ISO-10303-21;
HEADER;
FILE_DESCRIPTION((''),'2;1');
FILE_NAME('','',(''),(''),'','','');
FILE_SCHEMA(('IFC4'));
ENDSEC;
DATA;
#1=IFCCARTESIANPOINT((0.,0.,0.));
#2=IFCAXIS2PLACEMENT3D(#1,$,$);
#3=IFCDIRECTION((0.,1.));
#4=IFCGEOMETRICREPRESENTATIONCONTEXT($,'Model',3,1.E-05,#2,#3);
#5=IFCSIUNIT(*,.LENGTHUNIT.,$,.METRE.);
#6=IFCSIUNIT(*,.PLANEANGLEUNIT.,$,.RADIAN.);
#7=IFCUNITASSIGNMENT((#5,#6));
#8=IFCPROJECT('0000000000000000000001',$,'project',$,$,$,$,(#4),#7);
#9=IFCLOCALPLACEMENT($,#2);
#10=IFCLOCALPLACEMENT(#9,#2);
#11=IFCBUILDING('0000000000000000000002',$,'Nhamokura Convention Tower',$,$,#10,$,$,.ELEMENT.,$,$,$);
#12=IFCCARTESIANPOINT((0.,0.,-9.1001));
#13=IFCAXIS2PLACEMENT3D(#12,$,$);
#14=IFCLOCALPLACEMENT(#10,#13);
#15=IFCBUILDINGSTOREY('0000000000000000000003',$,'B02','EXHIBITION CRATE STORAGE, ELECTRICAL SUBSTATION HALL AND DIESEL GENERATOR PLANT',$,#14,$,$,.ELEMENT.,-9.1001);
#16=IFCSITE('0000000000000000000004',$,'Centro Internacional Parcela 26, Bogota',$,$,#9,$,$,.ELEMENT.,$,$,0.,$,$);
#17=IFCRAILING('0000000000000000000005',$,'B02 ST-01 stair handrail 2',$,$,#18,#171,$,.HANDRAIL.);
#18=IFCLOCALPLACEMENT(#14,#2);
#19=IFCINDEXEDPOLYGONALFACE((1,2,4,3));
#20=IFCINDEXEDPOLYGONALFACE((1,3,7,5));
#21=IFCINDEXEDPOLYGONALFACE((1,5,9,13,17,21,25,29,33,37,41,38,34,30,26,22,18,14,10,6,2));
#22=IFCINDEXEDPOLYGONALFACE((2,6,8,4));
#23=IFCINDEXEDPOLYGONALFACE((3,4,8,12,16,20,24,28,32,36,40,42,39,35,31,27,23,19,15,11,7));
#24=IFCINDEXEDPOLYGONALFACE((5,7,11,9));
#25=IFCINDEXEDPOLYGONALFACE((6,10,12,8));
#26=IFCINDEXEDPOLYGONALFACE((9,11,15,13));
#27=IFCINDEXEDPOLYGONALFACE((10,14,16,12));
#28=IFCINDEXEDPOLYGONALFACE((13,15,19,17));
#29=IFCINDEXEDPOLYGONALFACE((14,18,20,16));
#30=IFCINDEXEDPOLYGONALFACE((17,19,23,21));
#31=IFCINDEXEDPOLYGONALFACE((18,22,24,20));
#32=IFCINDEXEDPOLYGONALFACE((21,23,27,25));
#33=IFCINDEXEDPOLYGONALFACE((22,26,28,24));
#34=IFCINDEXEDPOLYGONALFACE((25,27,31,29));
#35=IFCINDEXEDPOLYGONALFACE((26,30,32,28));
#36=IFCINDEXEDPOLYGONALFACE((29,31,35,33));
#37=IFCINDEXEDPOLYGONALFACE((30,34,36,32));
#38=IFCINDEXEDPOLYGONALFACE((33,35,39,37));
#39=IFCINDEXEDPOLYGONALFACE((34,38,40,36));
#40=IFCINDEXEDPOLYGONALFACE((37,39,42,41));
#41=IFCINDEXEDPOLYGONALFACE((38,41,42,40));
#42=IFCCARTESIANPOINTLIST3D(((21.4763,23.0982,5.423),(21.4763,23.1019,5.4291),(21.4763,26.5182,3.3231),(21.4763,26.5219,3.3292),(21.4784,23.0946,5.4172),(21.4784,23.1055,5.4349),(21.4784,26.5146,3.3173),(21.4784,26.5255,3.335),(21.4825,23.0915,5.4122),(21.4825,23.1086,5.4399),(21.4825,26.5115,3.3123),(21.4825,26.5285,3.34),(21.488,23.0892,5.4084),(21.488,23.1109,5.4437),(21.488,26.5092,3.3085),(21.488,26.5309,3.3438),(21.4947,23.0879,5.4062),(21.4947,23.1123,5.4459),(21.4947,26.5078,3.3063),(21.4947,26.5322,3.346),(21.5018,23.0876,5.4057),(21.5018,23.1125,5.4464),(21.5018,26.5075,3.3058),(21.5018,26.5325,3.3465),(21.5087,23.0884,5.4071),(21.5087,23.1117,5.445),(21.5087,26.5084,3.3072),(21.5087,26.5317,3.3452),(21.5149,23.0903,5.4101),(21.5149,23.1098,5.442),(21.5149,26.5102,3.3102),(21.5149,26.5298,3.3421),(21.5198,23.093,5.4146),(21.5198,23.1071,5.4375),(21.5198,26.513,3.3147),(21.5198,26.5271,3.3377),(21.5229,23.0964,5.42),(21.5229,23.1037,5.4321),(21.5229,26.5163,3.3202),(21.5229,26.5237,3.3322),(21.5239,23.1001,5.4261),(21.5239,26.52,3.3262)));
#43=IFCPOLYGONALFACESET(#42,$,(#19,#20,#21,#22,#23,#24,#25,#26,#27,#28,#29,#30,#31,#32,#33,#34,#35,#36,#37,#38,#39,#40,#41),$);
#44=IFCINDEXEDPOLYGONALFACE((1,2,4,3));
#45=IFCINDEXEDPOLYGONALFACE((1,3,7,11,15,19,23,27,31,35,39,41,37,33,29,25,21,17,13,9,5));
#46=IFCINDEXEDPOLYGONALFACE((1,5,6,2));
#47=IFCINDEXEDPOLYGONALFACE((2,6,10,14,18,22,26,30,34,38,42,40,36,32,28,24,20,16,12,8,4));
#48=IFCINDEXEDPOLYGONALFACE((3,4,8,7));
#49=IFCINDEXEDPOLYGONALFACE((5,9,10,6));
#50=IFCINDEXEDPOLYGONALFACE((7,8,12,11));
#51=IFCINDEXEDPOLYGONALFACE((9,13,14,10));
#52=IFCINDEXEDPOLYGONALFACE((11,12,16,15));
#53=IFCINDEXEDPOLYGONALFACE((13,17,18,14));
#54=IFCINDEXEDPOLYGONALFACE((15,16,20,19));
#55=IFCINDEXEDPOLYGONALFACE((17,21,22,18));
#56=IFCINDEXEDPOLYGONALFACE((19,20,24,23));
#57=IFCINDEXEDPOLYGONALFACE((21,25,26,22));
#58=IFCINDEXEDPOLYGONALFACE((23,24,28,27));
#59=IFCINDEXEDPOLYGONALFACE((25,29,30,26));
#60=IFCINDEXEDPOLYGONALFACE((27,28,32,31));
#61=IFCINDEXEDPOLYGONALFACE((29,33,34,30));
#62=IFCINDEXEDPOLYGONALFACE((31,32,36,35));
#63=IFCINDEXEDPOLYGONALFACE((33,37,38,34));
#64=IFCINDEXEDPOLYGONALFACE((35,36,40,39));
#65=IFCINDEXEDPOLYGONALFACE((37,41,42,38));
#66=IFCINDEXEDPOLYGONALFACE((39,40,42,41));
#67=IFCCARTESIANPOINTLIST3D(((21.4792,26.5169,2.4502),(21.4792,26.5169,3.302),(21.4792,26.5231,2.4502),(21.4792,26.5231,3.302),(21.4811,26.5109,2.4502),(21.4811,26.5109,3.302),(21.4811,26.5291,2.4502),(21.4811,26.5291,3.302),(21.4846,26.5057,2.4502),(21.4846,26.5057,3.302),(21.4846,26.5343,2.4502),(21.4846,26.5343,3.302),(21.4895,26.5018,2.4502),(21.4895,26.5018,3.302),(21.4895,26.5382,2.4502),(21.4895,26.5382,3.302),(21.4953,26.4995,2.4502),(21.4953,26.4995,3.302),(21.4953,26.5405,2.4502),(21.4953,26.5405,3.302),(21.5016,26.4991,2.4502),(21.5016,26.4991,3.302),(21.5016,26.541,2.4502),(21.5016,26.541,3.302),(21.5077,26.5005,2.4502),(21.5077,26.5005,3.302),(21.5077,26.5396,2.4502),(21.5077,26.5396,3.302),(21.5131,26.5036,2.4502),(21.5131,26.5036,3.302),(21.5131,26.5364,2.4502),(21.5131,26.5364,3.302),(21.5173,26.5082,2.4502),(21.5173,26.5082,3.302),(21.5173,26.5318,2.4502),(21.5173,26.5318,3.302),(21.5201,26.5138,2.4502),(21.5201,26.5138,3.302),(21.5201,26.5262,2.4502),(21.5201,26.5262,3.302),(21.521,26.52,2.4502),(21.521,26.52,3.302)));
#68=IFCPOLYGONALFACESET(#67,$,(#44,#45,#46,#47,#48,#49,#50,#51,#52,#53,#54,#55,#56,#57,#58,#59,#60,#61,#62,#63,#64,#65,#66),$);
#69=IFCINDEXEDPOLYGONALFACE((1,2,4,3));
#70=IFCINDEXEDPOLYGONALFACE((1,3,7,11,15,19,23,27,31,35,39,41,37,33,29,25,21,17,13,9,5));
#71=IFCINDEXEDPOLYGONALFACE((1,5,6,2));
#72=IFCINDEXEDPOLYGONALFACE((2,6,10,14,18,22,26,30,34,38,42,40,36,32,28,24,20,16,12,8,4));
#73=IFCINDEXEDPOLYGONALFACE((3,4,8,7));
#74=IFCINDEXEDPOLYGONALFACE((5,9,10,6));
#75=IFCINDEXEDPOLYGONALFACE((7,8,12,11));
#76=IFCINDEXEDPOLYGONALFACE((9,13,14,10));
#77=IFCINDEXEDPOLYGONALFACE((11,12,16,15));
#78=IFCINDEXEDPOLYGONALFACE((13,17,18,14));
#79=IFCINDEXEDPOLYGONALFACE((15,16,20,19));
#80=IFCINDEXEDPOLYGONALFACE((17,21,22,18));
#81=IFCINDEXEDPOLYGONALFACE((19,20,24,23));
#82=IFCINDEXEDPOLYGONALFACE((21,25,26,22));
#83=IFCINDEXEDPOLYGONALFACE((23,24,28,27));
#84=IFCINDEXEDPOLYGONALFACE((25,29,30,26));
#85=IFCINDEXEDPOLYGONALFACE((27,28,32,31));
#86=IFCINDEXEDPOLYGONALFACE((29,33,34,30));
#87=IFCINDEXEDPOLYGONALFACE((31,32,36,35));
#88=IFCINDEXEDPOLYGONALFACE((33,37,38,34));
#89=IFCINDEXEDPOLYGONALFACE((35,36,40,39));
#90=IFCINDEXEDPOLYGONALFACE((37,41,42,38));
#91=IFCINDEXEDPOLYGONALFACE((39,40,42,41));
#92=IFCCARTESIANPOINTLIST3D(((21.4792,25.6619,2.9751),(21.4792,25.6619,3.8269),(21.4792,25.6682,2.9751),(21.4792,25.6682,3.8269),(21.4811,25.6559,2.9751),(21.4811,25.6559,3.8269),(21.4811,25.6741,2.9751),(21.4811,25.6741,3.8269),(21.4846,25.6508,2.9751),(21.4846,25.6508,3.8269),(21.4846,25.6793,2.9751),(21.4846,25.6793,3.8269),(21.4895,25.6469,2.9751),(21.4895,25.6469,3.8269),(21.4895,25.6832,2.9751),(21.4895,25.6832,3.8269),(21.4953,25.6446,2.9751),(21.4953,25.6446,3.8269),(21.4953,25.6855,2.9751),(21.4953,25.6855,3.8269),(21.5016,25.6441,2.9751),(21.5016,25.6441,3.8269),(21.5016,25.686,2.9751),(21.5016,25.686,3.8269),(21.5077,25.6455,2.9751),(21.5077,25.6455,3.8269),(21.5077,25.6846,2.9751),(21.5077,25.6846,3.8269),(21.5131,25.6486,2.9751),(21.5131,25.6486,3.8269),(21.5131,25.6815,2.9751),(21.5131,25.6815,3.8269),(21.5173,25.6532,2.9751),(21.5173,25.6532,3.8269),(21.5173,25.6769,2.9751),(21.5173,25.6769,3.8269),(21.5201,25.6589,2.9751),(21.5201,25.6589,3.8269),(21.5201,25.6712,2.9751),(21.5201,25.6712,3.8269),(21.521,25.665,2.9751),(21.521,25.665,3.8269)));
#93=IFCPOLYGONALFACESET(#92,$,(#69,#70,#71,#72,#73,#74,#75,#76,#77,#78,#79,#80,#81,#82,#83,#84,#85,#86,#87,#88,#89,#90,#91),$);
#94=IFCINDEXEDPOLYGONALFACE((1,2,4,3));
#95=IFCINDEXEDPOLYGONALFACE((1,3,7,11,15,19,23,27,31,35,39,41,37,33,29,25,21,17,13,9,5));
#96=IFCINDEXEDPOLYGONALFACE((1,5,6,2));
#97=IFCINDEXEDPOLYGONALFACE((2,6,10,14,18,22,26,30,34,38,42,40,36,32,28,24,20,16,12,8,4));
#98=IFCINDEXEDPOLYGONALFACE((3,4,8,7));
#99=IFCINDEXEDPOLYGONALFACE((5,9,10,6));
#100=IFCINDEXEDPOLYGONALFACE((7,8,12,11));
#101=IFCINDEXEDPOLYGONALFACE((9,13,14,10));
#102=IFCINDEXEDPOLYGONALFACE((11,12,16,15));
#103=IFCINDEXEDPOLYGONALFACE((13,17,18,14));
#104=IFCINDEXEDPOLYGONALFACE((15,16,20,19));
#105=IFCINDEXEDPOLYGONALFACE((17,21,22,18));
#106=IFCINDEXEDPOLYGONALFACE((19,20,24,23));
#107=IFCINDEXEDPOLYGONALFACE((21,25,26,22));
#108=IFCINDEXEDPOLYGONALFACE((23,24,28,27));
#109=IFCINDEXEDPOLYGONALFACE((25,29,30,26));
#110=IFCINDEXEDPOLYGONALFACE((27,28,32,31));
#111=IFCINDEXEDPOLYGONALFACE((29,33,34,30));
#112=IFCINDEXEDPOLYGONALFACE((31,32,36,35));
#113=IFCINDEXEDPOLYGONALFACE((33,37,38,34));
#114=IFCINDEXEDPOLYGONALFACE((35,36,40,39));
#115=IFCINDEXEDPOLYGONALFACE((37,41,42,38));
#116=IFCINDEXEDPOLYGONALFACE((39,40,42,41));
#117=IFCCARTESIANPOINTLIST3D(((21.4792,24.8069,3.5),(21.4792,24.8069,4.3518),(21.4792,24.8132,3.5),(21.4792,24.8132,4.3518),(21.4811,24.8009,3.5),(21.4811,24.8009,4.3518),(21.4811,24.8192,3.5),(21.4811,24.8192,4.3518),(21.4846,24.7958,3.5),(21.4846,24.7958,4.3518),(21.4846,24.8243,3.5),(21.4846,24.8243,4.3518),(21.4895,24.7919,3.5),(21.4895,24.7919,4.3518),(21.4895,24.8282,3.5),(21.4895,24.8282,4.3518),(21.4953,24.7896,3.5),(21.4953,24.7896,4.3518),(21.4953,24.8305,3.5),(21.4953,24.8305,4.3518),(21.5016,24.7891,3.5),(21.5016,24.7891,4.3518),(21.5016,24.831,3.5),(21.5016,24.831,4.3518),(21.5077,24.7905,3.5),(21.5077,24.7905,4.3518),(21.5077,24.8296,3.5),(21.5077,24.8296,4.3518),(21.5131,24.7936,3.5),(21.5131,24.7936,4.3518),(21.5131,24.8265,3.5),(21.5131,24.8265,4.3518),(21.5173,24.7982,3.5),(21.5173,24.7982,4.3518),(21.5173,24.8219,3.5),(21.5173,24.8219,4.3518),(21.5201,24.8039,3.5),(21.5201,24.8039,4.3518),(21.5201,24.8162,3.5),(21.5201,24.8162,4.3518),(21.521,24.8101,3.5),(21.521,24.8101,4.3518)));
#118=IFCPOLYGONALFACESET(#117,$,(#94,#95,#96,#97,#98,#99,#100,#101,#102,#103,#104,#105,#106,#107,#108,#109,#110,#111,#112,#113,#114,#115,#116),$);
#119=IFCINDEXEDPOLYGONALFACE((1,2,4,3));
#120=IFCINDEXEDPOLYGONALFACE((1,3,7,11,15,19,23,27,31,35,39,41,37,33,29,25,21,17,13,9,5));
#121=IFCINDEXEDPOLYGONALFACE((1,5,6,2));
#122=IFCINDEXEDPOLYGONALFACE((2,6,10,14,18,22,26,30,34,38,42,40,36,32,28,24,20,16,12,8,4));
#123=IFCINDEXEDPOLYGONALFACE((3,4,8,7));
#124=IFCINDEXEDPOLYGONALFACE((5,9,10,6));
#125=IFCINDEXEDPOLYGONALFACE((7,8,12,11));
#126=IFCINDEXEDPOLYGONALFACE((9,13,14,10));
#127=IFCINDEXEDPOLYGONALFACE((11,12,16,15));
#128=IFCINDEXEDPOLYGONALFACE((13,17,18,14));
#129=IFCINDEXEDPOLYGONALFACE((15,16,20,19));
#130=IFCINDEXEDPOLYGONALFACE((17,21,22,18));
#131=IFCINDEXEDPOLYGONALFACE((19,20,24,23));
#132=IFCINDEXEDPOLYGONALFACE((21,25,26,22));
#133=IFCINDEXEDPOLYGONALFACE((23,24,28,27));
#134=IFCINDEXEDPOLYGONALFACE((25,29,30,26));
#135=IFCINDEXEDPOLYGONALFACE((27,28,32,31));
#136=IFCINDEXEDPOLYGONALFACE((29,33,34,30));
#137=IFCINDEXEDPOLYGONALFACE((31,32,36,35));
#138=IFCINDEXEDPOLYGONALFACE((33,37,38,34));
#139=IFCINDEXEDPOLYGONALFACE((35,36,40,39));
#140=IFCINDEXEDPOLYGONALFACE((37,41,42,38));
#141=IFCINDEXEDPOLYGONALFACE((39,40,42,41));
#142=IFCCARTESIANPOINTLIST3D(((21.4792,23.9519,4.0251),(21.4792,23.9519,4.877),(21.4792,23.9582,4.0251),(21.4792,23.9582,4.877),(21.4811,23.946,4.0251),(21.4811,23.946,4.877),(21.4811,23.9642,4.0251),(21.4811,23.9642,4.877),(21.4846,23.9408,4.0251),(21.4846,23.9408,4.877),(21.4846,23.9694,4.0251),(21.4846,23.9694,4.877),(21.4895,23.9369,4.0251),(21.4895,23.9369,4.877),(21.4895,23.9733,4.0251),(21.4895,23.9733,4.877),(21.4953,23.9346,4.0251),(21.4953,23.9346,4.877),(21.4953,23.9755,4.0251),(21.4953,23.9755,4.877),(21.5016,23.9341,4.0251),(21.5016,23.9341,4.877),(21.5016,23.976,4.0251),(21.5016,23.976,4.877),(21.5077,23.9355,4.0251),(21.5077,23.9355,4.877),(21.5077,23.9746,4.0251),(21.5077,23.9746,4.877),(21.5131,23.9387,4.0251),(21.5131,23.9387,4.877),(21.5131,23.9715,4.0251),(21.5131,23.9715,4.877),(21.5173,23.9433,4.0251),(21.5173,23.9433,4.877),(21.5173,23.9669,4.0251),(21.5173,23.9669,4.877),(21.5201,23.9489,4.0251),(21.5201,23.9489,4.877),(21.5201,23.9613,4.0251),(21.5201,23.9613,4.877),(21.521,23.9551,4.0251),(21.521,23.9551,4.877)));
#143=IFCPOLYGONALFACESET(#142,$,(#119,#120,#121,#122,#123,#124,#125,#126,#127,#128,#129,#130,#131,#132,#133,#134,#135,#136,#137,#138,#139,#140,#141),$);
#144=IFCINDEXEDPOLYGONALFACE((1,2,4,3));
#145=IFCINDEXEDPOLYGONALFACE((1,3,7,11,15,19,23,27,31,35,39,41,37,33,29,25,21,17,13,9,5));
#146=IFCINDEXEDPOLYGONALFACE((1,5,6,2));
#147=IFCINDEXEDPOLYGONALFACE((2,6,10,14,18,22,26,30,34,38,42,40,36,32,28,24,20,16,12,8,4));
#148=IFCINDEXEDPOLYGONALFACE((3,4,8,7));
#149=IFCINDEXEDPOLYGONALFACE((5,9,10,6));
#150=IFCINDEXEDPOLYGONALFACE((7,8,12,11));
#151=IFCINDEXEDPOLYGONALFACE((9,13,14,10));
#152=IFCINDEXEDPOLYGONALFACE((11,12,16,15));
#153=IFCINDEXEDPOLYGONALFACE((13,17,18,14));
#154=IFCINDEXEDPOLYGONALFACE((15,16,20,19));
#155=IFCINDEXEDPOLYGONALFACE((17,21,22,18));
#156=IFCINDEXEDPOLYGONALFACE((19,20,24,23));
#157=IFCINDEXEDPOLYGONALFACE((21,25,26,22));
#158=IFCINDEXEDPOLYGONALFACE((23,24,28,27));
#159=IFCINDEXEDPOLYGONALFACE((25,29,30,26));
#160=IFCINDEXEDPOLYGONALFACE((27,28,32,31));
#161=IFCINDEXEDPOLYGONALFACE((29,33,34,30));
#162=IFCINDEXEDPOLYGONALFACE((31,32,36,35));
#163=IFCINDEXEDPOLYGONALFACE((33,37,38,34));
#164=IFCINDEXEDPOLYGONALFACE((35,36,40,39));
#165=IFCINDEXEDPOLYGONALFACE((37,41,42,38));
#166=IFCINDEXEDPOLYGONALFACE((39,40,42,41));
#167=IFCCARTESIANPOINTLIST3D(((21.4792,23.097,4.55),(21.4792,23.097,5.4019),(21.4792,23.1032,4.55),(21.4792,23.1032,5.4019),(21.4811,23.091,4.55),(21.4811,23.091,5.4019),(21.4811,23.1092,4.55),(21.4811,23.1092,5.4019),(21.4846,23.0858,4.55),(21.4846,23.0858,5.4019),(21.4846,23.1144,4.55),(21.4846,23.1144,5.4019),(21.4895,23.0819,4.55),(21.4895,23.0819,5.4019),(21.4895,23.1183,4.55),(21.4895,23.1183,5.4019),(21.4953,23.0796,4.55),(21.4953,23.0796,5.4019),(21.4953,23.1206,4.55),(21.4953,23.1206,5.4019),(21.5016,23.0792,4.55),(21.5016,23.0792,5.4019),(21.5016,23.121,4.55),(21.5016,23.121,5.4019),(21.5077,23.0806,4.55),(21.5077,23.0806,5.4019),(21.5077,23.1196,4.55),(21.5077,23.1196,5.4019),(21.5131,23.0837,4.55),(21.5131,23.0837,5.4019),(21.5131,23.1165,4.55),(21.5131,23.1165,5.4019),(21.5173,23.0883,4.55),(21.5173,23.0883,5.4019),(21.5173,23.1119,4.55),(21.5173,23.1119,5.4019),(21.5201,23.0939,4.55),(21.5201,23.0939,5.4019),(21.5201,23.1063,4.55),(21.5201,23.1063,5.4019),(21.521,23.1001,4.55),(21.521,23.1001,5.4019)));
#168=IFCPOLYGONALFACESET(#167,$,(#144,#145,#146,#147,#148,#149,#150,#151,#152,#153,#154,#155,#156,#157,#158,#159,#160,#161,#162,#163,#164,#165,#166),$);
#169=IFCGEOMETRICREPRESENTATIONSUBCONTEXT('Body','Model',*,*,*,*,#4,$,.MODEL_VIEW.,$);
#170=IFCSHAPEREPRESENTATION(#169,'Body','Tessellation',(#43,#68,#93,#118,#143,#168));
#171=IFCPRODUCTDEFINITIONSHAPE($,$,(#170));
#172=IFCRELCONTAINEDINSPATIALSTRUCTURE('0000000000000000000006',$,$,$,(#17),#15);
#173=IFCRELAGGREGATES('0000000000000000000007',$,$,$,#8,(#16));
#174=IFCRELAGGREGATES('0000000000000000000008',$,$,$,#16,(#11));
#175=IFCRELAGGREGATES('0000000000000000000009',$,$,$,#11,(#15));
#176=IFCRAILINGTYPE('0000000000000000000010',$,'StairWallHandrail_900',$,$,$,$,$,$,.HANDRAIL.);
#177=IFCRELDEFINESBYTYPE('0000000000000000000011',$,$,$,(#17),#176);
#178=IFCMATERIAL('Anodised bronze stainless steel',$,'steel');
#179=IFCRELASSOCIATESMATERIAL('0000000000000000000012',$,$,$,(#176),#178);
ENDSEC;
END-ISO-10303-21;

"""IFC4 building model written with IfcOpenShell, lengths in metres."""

from ifc_helpers import new_model, si_unit, direction, frame, origin, origin_2d, place, context, subcontext, project, spatial, circle, extrude, material, type_object, element, save


model = new_model("IFC4")

# Units and contexts
model_context = context("Model", 3, precision=1e-05, world=origin(), true_north=direction((0.0, 1.0)))
body_context = subcontext(model_context, "Body", "Model", "MODEL_VIEW")
ifc_project = project(units=[si_unit("LENGTHUNIT", "METRE"), si_unit("PLANEANGLEUNIT", "RADIAN")], contexts=[model_context])

# Site, building, storey
site_placement = place(None, origin())
site = spatial("IfcSite", under=ifc_project, at=site_placement, Name="Centro Internacional Parcela 26, Bogota", CompositionType="ELEMENT", RefElevation=0.0)
building_placement = place(site_placement, origin())
building = spatial("IfcBuilding", under=site, at=building_placement, Name="Nhamokura Convention Tower", CompositionType="ELEMENT")
storey_placement = place(building_placement, frame((0.0, 0.0, -9.1001)))
storey = spatial("IfcBuildingStorey", under=building, at=storey_placement, Name="B02", Description="EXHIBITION CRATE STORAGE, ELECTRICAL SUBSTATION HALL AND DIESEL GENERATOR PLANT", CompositionType="ELEMENT", Elevation=-9.1001)

# Railing
ifc_material_1 = material(Name="Anodised bronze stainless steel", Category="steel")
railing_type_1 = type_object("IfcRailingType", Name="StairWallHandrail_900", PredefinedType="HANDRAIL", material=ifc_material_1)
railing_1_placement = place(storey_placement, frame((21.5, 26.52, 2.4502)))
element("IfcRailing", 1, at=railing_1_placement, inside=storey, type_object=railing_type_1, Name="B02 ST-01 stair handrail 2", PredefinedType="HANDRAIL", context=body_context, shape_type="SweptSolid", body=[
    extrude(circle(Radius=0.0239, at=origin_2d()), frame((0.0, 0.0, 0.876), z_axis=(0.0, -0.852182, 0.523245), x_axis=(1.0, 0.0, 0.0)), (0.0, 0.0, 1.0), 4.0132),
    extrude(circle(Radius=0.021, at=origin_2d()), origin(), (0.0, 0.0, 1.0), 0.8518),
    extrude(circle(Radius=0.021, at=origin_2d()), frame((0.0, -0.855, 0.5249)), (0.0, 0.0, 1.0), 0.8518),
    extrude(circle(Radius=0.021, at=origin_2d()), frame((0.0, -1.71, 1.0498)), (0.0, 0.0, 1.0), 0.8518),
    extrude(circle(Radius=0.021, at=origin_2d()), frame((0.0, -2.5649, 1.575)), (0.0, 0.0, 1.0), 0.8518),
    extrude(circle(Radius=0.021, at=origin_2d()), frame((0.0, -3.4199, 2.0999)), (0.0, 0.0, 1.0), 0.8518),
])

save(model, "model.ifc")
